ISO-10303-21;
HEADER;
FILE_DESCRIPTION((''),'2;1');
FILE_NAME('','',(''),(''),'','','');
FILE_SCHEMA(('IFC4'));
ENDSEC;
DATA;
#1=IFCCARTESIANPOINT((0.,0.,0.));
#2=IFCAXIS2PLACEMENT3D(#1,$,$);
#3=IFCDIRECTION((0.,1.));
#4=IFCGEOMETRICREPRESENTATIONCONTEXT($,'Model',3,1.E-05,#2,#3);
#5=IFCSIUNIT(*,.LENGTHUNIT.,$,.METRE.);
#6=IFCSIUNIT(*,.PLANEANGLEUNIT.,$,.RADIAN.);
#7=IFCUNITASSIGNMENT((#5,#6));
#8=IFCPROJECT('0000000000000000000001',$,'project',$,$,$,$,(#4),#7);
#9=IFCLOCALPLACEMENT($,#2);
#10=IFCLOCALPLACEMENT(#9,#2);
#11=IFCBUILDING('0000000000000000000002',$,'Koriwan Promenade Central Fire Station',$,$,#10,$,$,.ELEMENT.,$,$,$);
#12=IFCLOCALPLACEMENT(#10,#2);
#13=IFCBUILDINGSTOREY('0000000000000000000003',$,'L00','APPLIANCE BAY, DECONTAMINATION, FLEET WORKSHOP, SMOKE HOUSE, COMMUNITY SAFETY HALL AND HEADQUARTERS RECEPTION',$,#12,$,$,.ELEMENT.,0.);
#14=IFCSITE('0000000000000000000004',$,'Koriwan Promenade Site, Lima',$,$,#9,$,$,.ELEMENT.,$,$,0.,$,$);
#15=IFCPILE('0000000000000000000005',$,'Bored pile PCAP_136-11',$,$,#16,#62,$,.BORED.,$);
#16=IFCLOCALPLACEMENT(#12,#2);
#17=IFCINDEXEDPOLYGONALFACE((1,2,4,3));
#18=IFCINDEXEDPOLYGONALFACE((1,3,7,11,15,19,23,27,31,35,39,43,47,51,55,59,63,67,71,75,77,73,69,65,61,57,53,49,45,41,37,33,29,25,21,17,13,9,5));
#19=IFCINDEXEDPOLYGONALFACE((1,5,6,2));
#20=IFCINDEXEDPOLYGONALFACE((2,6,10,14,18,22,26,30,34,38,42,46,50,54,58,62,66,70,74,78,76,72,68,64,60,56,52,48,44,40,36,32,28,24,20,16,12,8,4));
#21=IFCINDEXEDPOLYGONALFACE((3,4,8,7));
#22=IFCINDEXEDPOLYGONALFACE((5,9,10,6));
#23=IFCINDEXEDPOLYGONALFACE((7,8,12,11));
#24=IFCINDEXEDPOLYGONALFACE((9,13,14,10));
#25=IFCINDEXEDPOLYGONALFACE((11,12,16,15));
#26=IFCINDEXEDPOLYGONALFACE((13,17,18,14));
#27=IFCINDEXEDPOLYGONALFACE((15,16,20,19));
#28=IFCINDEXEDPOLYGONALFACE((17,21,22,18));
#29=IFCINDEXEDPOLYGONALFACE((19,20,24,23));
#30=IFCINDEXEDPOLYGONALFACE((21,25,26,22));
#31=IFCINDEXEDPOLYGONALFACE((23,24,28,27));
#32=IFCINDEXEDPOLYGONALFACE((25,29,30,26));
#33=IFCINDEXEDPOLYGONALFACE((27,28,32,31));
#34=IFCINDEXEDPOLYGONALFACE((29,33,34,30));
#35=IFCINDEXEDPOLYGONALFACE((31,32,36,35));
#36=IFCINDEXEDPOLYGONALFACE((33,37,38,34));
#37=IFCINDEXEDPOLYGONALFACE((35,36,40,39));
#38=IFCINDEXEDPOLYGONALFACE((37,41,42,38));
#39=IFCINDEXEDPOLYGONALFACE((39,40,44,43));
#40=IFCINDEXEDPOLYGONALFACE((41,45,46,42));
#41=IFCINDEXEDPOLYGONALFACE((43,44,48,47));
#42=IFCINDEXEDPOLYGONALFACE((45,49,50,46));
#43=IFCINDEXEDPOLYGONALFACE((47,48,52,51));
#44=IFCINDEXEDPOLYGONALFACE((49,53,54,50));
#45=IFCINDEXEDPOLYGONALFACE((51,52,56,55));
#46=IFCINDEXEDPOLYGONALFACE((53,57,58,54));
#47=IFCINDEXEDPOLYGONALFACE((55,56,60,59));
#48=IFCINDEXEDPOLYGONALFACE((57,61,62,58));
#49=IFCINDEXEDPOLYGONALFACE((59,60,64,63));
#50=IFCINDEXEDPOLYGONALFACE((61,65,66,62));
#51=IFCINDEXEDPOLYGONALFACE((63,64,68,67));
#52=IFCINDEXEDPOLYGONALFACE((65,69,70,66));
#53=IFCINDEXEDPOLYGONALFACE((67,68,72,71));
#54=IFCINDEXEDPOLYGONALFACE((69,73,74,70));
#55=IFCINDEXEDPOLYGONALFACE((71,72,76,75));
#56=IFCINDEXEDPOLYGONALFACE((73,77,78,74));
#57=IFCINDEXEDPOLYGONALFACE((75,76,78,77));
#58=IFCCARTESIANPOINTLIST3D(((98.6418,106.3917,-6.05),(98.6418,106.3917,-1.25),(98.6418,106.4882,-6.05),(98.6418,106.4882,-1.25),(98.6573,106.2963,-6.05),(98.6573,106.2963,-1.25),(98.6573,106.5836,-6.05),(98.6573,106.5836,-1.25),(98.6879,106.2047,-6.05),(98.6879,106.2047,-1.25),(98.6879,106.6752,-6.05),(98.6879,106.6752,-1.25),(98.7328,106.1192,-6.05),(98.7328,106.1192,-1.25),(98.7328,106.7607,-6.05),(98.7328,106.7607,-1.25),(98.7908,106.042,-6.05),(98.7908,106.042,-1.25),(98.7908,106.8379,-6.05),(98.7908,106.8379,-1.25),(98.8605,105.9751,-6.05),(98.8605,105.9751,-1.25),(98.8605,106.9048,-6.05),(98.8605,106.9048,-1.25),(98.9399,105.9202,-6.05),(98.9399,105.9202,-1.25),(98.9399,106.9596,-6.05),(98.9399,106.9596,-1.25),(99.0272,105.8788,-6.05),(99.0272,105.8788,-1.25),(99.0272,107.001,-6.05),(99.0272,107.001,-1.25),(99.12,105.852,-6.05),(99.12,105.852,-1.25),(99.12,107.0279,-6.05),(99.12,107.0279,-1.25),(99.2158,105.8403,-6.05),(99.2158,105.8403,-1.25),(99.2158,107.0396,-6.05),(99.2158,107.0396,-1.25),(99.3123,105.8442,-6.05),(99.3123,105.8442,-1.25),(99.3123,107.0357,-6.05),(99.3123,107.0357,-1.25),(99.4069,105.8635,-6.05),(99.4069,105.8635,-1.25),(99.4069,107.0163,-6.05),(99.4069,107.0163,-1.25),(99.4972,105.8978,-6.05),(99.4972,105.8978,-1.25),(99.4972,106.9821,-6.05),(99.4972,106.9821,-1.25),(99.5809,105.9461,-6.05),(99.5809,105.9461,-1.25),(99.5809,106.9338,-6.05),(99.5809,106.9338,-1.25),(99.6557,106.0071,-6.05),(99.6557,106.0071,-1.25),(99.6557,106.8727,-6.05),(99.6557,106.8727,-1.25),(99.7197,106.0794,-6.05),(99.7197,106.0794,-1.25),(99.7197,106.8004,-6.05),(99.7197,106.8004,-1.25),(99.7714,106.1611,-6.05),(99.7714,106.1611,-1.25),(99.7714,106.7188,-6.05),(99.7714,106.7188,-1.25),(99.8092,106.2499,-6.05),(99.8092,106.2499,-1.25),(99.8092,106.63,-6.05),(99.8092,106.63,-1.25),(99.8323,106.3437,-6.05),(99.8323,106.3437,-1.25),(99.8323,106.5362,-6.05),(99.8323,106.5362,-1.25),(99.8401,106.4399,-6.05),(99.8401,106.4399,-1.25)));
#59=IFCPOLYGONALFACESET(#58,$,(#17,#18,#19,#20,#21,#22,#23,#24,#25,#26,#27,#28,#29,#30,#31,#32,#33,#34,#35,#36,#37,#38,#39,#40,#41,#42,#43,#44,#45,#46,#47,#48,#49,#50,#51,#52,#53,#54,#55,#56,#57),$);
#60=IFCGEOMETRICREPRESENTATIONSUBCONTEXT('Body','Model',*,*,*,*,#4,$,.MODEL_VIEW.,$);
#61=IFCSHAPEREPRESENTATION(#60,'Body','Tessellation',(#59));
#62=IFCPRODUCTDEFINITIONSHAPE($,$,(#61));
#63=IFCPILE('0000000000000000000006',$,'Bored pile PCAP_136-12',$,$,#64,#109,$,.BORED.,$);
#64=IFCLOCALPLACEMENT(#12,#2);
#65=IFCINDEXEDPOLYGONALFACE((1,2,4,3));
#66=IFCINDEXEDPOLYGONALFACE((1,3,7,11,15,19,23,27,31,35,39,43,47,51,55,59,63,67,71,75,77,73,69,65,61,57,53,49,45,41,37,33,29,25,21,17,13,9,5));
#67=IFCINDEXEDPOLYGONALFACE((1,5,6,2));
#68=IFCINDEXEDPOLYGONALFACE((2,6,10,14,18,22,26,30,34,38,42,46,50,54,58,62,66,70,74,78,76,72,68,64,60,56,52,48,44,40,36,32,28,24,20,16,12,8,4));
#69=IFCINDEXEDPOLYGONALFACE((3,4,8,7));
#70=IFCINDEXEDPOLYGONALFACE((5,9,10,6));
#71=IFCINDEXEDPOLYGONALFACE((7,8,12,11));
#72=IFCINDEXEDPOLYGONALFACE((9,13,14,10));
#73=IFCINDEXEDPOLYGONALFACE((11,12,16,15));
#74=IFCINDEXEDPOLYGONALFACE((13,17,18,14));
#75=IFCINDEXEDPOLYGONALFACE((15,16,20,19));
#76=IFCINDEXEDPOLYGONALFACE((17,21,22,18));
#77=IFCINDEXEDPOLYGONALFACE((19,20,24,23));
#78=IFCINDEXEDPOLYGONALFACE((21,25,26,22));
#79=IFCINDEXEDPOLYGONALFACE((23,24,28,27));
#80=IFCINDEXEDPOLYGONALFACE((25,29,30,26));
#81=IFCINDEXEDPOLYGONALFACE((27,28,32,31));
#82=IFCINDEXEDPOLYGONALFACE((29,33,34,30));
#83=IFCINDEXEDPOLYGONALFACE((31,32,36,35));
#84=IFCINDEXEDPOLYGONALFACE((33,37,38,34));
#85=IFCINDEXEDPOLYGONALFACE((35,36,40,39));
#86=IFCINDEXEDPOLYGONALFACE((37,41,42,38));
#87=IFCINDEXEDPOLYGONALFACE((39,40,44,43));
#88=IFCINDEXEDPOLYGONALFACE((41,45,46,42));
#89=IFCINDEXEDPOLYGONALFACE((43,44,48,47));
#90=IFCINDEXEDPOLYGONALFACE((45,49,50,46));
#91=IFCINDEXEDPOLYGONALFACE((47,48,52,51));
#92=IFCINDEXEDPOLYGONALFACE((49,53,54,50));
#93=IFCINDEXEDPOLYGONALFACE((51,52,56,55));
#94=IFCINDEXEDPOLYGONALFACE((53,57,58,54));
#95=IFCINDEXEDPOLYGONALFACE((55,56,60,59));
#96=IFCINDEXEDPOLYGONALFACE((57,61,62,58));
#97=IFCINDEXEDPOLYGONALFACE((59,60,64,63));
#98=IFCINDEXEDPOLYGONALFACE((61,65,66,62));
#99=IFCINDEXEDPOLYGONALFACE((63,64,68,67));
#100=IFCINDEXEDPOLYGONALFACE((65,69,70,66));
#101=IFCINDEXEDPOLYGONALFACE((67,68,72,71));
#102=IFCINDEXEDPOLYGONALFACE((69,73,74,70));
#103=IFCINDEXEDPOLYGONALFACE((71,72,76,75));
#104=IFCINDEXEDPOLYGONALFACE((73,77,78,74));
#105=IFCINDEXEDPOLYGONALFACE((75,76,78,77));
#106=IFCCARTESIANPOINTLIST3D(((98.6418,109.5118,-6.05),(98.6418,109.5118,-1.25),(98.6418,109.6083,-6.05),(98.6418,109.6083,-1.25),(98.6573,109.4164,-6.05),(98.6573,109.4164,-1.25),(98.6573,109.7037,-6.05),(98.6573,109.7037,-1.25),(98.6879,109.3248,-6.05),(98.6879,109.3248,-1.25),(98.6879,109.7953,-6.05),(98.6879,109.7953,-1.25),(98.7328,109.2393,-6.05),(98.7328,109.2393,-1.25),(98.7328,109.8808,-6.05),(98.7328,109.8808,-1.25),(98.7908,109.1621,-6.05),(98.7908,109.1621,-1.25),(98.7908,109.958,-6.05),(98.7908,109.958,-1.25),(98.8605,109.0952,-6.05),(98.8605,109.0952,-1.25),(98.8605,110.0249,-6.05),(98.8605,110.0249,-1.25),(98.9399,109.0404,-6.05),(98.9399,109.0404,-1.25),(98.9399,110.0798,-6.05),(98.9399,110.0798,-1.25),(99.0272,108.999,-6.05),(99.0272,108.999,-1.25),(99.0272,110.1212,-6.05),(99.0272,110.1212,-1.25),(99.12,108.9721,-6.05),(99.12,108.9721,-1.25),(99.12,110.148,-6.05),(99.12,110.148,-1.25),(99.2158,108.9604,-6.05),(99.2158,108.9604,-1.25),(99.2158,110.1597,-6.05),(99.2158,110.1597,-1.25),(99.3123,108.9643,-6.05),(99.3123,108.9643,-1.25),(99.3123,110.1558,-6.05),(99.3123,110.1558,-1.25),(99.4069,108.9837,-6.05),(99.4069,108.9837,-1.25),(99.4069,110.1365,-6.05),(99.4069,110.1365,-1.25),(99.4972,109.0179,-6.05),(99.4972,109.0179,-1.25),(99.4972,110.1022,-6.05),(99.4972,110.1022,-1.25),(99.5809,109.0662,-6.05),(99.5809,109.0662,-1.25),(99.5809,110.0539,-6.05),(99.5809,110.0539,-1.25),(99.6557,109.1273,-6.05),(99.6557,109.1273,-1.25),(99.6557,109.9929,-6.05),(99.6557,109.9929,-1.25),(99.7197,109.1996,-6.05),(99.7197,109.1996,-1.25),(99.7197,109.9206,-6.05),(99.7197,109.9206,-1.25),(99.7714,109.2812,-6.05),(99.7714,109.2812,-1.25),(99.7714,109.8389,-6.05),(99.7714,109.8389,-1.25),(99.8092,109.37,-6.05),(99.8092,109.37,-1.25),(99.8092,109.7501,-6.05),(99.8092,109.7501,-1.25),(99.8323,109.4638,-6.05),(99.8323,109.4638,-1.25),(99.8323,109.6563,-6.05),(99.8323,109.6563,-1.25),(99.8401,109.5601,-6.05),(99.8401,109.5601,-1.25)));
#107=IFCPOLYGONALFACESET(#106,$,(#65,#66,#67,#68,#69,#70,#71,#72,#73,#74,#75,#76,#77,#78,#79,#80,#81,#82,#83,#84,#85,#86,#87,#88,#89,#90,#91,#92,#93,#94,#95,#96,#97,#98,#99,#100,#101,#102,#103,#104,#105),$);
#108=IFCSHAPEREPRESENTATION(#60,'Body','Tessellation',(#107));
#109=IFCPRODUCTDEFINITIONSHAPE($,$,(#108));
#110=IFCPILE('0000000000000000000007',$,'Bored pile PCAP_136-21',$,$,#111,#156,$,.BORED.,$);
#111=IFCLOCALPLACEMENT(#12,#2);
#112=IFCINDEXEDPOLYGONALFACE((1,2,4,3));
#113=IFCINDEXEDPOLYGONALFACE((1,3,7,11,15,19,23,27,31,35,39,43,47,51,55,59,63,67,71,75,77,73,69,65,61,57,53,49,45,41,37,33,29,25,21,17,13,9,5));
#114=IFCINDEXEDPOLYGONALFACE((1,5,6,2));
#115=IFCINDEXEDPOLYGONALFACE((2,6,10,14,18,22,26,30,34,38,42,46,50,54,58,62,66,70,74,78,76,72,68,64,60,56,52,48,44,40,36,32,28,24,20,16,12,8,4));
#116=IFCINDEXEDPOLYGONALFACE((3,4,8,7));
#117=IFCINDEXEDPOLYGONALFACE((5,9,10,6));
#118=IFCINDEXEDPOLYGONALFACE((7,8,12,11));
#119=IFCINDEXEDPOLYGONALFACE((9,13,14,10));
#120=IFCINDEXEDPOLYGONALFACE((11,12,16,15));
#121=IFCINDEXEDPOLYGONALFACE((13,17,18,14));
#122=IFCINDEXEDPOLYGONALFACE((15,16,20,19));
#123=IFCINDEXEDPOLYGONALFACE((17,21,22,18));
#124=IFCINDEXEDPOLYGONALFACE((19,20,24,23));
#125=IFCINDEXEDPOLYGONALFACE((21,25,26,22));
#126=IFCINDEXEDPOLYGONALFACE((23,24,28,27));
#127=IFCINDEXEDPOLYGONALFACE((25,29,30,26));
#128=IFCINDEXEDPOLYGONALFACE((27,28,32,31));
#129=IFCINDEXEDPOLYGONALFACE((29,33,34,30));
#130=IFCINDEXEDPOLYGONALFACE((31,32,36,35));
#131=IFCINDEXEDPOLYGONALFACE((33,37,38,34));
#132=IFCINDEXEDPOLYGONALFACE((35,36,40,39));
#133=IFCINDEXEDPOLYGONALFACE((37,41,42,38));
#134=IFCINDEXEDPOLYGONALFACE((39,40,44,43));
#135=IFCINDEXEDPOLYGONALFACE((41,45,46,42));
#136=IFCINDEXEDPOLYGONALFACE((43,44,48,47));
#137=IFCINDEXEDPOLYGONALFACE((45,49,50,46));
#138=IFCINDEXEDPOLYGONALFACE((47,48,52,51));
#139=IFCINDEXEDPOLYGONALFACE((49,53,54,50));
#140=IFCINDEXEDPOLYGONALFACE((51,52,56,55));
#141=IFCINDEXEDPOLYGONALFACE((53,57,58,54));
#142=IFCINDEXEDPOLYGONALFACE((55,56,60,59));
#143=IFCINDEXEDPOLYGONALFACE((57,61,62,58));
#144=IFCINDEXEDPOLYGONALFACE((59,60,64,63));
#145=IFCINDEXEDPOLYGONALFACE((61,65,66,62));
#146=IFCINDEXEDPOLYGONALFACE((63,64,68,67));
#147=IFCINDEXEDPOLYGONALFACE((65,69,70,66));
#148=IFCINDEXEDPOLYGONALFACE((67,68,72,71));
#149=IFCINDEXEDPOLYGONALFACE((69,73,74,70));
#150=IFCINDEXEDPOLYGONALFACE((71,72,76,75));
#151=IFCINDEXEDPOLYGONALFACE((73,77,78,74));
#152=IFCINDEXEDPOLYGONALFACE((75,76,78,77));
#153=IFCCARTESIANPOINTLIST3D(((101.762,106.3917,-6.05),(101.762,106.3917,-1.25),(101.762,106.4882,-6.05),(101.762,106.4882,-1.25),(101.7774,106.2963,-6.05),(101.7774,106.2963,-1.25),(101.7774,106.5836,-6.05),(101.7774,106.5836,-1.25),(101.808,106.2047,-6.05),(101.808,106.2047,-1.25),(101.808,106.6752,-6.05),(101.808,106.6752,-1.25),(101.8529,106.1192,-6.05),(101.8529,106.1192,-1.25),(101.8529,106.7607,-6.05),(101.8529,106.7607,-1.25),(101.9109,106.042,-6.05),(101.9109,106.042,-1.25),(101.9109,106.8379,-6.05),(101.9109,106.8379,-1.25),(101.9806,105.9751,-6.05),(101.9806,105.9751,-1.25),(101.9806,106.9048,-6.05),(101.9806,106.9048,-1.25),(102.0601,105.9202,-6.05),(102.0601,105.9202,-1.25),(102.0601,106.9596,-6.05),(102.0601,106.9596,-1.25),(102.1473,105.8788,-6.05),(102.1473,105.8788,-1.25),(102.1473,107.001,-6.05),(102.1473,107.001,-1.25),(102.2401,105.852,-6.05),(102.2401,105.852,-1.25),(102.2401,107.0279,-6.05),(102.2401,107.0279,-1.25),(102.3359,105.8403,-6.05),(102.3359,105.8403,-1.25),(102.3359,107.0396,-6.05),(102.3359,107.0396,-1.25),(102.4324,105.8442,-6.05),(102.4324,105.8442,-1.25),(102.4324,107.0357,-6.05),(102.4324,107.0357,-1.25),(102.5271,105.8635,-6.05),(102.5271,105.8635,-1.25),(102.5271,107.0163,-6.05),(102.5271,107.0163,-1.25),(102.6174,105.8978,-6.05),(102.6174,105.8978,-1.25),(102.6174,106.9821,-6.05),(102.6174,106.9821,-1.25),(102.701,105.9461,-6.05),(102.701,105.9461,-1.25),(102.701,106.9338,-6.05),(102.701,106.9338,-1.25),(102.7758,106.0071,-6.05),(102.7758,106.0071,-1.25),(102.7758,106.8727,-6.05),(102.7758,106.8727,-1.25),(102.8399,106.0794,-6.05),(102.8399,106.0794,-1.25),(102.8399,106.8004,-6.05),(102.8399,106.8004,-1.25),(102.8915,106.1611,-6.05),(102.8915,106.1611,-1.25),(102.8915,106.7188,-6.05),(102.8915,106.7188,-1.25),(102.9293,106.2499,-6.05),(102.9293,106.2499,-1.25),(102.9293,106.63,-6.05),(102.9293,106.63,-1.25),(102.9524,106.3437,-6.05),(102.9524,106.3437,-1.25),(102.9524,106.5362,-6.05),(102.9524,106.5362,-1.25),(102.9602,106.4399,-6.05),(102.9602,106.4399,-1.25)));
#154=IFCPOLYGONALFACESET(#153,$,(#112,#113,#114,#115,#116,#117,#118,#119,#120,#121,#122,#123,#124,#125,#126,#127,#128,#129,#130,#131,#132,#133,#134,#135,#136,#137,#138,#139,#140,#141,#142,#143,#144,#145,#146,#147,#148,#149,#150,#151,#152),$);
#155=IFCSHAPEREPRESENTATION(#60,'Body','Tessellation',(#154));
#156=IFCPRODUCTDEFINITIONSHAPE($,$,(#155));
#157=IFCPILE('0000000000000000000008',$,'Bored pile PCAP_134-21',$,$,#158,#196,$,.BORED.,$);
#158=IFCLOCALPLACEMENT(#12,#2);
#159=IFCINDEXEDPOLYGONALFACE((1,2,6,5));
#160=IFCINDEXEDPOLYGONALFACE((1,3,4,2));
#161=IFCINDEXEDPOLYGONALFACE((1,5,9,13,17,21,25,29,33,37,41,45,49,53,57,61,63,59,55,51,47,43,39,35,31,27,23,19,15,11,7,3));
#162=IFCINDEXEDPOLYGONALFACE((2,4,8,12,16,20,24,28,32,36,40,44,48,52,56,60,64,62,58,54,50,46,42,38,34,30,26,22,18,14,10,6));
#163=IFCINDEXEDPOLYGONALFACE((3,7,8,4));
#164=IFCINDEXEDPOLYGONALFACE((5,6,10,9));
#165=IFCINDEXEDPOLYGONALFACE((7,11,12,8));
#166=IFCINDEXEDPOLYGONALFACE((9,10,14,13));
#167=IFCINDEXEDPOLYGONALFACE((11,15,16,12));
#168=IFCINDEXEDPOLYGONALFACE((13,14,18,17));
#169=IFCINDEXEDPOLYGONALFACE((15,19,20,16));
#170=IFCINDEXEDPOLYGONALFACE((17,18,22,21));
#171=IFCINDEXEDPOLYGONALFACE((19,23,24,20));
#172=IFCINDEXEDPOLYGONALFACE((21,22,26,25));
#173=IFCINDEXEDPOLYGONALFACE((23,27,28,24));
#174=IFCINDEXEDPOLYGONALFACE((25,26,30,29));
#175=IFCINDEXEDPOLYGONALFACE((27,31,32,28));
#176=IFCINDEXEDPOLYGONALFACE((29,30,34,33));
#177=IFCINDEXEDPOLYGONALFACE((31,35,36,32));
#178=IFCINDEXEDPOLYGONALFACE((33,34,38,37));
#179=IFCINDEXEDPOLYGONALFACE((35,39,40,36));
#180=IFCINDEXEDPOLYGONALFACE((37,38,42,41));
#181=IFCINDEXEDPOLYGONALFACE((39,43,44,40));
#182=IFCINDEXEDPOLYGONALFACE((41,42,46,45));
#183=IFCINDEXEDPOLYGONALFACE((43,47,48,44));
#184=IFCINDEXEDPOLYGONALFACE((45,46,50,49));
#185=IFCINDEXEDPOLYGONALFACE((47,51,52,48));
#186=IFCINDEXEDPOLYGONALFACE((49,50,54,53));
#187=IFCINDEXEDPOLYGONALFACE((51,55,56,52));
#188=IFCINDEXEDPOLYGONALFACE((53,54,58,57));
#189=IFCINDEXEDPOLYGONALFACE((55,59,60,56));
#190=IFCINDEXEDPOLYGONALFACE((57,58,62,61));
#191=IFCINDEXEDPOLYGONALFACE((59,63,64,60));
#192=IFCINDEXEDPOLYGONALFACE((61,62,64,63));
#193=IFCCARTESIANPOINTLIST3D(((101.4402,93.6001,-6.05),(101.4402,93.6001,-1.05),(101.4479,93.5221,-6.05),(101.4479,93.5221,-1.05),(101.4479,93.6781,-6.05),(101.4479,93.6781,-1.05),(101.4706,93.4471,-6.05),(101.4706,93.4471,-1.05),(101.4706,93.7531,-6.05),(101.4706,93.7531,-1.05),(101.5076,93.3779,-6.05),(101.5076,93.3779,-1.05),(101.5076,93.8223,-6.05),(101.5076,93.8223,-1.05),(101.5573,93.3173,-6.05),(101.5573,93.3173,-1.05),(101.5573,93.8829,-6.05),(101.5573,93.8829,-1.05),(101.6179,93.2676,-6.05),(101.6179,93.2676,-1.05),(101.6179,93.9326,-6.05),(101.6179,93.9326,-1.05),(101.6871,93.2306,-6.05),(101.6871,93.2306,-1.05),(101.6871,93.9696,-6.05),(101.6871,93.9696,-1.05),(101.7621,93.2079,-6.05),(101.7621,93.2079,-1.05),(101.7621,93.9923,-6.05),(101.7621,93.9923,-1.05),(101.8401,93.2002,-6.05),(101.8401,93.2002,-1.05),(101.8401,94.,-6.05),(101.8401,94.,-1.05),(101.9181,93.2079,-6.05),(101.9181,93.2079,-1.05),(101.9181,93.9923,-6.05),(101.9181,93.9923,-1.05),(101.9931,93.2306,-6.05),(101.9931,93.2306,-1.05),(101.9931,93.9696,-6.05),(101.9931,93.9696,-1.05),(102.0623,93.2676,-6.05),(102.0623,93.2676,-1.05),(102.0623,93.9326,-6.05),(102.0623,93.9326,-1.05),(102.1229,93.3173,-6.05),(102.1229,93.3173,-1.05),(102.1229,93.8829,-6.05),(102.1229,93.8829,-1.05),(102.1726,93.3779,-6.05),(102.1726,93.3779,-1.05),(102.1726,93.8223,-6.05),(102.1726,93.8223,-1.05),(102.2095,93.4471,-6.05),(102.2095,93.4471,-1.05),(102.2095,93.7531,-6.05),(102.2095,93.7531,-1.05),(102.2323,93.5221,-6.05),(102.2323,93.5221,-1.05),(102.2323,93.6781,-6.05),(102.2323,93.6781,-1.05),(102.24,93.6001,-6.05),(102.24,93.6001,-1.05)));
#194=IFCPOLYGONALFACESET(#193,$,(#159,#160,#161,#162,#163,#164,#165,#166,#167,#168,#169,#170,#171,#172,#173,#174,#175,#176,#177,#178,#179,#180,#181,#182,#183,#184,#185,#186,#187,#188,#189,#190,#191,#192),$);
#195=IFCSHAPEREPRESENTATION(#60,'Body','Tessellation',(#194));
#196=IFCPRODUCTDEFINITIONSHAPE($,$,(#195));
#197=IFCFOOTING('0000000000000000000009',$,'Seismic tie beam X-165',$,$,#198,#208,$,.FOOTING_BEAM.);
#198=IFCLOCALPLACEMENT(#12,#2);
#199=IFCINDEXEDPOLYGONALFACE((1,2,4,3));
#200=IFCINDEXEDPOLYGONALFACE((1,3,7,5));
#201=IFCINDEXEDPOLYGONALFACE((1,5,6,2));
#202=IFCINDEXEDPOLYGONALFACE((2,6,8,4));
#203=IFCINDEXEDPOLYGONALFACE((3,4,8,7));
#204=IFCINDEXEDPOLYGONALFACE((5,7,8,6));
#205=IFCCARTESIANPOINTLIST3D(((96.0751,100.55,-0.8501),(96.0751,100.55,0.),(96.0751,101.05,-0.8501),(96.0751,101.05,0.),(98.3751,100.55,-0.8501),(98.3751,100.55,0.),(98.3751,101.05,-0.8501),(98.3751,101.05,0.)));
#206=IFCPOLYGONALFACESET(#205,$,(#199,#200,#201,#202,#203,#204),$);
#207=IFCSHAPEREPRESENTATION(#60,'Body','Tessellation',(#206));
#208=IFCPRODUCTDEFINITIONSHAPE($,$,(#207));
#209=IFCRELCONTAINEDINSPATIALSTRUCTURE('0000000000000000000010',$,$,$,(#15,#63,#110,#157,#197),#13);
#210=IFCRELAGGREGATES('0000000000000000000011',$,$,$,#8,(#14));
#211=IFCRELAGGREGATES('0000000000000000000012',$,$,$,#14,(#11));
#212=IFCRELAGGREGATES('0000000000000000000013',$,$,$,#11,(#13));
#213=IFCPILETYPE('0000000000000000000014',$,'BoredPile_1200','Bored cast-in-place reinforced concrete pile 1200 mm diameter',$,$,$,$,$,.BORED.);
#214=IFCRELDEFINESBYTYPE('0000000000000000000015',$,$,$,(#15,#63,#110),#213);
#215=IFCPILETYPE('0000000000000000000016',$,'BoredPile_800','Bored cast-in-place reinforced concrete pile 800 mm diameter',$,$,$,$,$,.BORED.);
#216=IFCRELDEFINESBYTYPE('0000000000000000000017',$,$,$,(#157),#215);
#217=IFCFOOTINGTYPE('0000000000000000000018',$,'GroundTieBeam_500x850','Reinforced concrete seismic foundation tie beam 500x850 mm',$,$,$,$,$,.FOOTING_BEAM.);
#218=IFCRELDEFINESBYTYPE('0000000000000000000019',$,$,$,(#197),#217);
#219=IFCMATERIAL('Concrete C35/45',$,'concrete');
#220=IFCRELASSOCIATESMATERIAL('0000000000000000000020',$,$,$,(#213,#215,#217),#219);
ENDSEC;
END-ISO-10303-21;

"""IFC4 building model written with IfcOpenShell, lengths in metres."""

from ifc_helpers import new_model, si_unit, direction, frame, origin, origin_2d, place, context, subcontext, project, spatial, rectangle, circle, extrude, material, material_profile, profile_set, type_object, element, save


model = new_model("IFC4")

# Units and contexts
model_context = context("Model", 3, precision=1e-05, world=origin(), true_north=direction((0.0, 1.0)))
body_context = subcontext(model_context, "Body", "Model", "MODEL_VIEW")
ifc_project = project(units=[si_unit("LENGTHUNIT", "METRE"), si_unit("PLANEANGLEUNIT", "RADIAN")], contexts=[model_context])

# Site, building, storey
site_placement = place(None, origin())
site = spatial("IfcSite", under=ifc_project, at=site_placement, Name="Koriwan Promenade Site, Lima", CompositionType="ELEMENT", RefElevation=0.0)
building_placement = place(site_placement, origin())
building = spatial("IfcBuilding", under=site, at=building_placement, Name="Koriwan Promenade Central Fire Station", CompositionType="ELEMENT")
storey_placement = place(building_placement, origin())
storey = spatial("IfcBuildingStorey", under=building, at=storey_placement, Name="L00", Description="APPLIANCE BAY, DECONTAMINATION, FLEET WORKSHOP, SMOKE HOUSE, COMMUNITY SAFETY HALL AND HEADQUARTERS RECEPTION", CompositionType="ELEMENT", Elevation=0.0)

# Piles
ifc_material_1 = material(Name="Concrete C35/45", Category="concrete")
ifc_material_profile_1 = material_profile(ifc_material_1, circle(Radius=0.6001, at=origin_2d()), Name="PILE-D1200")
ifc_profile_set_1 = profile_set([ifc_material_profile_1], Name="Concrete C35/45")
pile_type_1 = type_object("IfcPileType", Name="BoredPile_1200", Description="Bored cast-in-place reinforced concrete pile 1200 mm diameter", PredefinedType="BORED", material=ifc_profile_set_1)
for number, where, z_axis, x_axis, name in (
    (1, (99.24, 106.4399, -1.25), (0.0, 0.0, -1.0), (1.0, 0.0, 0.0), "Bored pile PCAP_136-11"),
    (2, (99.24, 109.5601, -1.25), (0.0, 0.0, -1.0), (1.0, 0.0, 0.0), "Bored pile PCAP_136-12"),
    (3, (102.3601, 106.4399, -1.25), (0.0, 0.0, -1.0), (1.0, 0.0, 0.0), "Bored pile PCAP_136-21"),
):
    element("IfcPile", number, at=place(storey_placement, frame(where, z_axis=z_axis, x_axis=x_axis)), inside=storey, type_object=pile_type_1, Name=name, PredefinedType="BORED", context=body_context, shape_type="SweptSolid", body=[
        extrude(circle(Radius=0.6001, at=origin_2d()), origin(), (0.0, 0.0, 1.0), 4.8),
    ])
ifc_material_profile_2 = material_profile(ifc_material_1, circle(Radius=0.3999, at=origin_2d()), Name="PILE-D800")
ifc_profile_set_2 = profile_set([ifc_material_profile_2], Name="Concrete C35/45")
pile_type_2 = type_object("IfcPileType", Name="BoredPile_800", Description="Bored cast-in-place reinforced concrete pile 800 mm diameter", PredefinedType="BORED", material=ifc_profile_set_2)
pile_placement = place(storey_placement, frame((101.8401, 93.6001, -1.05), z_axis=(0.0, 0.0, -1.0), x_axis=(1.0, 0.0, 0.0)))
element("IfcPile", 4, at=pile_placement, inside=storey, type_object=pile_type_2, Name="Bored pile PCAP_134-21", PredefinedType="BORED", context=body_context, shape_type="SweptSolid", body=[
    extrude(circle(Radius=0.3999, at=origin_2d()), origin(), (0.0, 0.0, 1.0), 5.0),
])

# Footing
footing_type_1 = type_object("IfcFootingType", Name="GroundTieBeam_500x850", Description="Reinforced concrete seismic foundation tie beam 500x850 mm", PredefinedType="FOOTING_BEAM", material=ifc_material_1)
footing_1_placement = place(storey_placement, frame((97.2251, 100.8, -0.8501), z_axis=(0.0, 0.0, 1.0), x_axis=(1.0, 0.0, 0.0)))
element("IfcFooting", 5, at=footing_1_placement, inside=storey, type_object=footing_type_1, Name="Seismic tie beam X-165", PredefinedType="FOOTING_BEAM", context=body_context, shape_type="SweptSolid", body=[
    extrude(rectangle(XDim=2.3, YDim=0.5, at=origin_2d()), origin(), (0.0, 0.0, 1.0), 0.8501),
])

save(model, "model.ifc")
